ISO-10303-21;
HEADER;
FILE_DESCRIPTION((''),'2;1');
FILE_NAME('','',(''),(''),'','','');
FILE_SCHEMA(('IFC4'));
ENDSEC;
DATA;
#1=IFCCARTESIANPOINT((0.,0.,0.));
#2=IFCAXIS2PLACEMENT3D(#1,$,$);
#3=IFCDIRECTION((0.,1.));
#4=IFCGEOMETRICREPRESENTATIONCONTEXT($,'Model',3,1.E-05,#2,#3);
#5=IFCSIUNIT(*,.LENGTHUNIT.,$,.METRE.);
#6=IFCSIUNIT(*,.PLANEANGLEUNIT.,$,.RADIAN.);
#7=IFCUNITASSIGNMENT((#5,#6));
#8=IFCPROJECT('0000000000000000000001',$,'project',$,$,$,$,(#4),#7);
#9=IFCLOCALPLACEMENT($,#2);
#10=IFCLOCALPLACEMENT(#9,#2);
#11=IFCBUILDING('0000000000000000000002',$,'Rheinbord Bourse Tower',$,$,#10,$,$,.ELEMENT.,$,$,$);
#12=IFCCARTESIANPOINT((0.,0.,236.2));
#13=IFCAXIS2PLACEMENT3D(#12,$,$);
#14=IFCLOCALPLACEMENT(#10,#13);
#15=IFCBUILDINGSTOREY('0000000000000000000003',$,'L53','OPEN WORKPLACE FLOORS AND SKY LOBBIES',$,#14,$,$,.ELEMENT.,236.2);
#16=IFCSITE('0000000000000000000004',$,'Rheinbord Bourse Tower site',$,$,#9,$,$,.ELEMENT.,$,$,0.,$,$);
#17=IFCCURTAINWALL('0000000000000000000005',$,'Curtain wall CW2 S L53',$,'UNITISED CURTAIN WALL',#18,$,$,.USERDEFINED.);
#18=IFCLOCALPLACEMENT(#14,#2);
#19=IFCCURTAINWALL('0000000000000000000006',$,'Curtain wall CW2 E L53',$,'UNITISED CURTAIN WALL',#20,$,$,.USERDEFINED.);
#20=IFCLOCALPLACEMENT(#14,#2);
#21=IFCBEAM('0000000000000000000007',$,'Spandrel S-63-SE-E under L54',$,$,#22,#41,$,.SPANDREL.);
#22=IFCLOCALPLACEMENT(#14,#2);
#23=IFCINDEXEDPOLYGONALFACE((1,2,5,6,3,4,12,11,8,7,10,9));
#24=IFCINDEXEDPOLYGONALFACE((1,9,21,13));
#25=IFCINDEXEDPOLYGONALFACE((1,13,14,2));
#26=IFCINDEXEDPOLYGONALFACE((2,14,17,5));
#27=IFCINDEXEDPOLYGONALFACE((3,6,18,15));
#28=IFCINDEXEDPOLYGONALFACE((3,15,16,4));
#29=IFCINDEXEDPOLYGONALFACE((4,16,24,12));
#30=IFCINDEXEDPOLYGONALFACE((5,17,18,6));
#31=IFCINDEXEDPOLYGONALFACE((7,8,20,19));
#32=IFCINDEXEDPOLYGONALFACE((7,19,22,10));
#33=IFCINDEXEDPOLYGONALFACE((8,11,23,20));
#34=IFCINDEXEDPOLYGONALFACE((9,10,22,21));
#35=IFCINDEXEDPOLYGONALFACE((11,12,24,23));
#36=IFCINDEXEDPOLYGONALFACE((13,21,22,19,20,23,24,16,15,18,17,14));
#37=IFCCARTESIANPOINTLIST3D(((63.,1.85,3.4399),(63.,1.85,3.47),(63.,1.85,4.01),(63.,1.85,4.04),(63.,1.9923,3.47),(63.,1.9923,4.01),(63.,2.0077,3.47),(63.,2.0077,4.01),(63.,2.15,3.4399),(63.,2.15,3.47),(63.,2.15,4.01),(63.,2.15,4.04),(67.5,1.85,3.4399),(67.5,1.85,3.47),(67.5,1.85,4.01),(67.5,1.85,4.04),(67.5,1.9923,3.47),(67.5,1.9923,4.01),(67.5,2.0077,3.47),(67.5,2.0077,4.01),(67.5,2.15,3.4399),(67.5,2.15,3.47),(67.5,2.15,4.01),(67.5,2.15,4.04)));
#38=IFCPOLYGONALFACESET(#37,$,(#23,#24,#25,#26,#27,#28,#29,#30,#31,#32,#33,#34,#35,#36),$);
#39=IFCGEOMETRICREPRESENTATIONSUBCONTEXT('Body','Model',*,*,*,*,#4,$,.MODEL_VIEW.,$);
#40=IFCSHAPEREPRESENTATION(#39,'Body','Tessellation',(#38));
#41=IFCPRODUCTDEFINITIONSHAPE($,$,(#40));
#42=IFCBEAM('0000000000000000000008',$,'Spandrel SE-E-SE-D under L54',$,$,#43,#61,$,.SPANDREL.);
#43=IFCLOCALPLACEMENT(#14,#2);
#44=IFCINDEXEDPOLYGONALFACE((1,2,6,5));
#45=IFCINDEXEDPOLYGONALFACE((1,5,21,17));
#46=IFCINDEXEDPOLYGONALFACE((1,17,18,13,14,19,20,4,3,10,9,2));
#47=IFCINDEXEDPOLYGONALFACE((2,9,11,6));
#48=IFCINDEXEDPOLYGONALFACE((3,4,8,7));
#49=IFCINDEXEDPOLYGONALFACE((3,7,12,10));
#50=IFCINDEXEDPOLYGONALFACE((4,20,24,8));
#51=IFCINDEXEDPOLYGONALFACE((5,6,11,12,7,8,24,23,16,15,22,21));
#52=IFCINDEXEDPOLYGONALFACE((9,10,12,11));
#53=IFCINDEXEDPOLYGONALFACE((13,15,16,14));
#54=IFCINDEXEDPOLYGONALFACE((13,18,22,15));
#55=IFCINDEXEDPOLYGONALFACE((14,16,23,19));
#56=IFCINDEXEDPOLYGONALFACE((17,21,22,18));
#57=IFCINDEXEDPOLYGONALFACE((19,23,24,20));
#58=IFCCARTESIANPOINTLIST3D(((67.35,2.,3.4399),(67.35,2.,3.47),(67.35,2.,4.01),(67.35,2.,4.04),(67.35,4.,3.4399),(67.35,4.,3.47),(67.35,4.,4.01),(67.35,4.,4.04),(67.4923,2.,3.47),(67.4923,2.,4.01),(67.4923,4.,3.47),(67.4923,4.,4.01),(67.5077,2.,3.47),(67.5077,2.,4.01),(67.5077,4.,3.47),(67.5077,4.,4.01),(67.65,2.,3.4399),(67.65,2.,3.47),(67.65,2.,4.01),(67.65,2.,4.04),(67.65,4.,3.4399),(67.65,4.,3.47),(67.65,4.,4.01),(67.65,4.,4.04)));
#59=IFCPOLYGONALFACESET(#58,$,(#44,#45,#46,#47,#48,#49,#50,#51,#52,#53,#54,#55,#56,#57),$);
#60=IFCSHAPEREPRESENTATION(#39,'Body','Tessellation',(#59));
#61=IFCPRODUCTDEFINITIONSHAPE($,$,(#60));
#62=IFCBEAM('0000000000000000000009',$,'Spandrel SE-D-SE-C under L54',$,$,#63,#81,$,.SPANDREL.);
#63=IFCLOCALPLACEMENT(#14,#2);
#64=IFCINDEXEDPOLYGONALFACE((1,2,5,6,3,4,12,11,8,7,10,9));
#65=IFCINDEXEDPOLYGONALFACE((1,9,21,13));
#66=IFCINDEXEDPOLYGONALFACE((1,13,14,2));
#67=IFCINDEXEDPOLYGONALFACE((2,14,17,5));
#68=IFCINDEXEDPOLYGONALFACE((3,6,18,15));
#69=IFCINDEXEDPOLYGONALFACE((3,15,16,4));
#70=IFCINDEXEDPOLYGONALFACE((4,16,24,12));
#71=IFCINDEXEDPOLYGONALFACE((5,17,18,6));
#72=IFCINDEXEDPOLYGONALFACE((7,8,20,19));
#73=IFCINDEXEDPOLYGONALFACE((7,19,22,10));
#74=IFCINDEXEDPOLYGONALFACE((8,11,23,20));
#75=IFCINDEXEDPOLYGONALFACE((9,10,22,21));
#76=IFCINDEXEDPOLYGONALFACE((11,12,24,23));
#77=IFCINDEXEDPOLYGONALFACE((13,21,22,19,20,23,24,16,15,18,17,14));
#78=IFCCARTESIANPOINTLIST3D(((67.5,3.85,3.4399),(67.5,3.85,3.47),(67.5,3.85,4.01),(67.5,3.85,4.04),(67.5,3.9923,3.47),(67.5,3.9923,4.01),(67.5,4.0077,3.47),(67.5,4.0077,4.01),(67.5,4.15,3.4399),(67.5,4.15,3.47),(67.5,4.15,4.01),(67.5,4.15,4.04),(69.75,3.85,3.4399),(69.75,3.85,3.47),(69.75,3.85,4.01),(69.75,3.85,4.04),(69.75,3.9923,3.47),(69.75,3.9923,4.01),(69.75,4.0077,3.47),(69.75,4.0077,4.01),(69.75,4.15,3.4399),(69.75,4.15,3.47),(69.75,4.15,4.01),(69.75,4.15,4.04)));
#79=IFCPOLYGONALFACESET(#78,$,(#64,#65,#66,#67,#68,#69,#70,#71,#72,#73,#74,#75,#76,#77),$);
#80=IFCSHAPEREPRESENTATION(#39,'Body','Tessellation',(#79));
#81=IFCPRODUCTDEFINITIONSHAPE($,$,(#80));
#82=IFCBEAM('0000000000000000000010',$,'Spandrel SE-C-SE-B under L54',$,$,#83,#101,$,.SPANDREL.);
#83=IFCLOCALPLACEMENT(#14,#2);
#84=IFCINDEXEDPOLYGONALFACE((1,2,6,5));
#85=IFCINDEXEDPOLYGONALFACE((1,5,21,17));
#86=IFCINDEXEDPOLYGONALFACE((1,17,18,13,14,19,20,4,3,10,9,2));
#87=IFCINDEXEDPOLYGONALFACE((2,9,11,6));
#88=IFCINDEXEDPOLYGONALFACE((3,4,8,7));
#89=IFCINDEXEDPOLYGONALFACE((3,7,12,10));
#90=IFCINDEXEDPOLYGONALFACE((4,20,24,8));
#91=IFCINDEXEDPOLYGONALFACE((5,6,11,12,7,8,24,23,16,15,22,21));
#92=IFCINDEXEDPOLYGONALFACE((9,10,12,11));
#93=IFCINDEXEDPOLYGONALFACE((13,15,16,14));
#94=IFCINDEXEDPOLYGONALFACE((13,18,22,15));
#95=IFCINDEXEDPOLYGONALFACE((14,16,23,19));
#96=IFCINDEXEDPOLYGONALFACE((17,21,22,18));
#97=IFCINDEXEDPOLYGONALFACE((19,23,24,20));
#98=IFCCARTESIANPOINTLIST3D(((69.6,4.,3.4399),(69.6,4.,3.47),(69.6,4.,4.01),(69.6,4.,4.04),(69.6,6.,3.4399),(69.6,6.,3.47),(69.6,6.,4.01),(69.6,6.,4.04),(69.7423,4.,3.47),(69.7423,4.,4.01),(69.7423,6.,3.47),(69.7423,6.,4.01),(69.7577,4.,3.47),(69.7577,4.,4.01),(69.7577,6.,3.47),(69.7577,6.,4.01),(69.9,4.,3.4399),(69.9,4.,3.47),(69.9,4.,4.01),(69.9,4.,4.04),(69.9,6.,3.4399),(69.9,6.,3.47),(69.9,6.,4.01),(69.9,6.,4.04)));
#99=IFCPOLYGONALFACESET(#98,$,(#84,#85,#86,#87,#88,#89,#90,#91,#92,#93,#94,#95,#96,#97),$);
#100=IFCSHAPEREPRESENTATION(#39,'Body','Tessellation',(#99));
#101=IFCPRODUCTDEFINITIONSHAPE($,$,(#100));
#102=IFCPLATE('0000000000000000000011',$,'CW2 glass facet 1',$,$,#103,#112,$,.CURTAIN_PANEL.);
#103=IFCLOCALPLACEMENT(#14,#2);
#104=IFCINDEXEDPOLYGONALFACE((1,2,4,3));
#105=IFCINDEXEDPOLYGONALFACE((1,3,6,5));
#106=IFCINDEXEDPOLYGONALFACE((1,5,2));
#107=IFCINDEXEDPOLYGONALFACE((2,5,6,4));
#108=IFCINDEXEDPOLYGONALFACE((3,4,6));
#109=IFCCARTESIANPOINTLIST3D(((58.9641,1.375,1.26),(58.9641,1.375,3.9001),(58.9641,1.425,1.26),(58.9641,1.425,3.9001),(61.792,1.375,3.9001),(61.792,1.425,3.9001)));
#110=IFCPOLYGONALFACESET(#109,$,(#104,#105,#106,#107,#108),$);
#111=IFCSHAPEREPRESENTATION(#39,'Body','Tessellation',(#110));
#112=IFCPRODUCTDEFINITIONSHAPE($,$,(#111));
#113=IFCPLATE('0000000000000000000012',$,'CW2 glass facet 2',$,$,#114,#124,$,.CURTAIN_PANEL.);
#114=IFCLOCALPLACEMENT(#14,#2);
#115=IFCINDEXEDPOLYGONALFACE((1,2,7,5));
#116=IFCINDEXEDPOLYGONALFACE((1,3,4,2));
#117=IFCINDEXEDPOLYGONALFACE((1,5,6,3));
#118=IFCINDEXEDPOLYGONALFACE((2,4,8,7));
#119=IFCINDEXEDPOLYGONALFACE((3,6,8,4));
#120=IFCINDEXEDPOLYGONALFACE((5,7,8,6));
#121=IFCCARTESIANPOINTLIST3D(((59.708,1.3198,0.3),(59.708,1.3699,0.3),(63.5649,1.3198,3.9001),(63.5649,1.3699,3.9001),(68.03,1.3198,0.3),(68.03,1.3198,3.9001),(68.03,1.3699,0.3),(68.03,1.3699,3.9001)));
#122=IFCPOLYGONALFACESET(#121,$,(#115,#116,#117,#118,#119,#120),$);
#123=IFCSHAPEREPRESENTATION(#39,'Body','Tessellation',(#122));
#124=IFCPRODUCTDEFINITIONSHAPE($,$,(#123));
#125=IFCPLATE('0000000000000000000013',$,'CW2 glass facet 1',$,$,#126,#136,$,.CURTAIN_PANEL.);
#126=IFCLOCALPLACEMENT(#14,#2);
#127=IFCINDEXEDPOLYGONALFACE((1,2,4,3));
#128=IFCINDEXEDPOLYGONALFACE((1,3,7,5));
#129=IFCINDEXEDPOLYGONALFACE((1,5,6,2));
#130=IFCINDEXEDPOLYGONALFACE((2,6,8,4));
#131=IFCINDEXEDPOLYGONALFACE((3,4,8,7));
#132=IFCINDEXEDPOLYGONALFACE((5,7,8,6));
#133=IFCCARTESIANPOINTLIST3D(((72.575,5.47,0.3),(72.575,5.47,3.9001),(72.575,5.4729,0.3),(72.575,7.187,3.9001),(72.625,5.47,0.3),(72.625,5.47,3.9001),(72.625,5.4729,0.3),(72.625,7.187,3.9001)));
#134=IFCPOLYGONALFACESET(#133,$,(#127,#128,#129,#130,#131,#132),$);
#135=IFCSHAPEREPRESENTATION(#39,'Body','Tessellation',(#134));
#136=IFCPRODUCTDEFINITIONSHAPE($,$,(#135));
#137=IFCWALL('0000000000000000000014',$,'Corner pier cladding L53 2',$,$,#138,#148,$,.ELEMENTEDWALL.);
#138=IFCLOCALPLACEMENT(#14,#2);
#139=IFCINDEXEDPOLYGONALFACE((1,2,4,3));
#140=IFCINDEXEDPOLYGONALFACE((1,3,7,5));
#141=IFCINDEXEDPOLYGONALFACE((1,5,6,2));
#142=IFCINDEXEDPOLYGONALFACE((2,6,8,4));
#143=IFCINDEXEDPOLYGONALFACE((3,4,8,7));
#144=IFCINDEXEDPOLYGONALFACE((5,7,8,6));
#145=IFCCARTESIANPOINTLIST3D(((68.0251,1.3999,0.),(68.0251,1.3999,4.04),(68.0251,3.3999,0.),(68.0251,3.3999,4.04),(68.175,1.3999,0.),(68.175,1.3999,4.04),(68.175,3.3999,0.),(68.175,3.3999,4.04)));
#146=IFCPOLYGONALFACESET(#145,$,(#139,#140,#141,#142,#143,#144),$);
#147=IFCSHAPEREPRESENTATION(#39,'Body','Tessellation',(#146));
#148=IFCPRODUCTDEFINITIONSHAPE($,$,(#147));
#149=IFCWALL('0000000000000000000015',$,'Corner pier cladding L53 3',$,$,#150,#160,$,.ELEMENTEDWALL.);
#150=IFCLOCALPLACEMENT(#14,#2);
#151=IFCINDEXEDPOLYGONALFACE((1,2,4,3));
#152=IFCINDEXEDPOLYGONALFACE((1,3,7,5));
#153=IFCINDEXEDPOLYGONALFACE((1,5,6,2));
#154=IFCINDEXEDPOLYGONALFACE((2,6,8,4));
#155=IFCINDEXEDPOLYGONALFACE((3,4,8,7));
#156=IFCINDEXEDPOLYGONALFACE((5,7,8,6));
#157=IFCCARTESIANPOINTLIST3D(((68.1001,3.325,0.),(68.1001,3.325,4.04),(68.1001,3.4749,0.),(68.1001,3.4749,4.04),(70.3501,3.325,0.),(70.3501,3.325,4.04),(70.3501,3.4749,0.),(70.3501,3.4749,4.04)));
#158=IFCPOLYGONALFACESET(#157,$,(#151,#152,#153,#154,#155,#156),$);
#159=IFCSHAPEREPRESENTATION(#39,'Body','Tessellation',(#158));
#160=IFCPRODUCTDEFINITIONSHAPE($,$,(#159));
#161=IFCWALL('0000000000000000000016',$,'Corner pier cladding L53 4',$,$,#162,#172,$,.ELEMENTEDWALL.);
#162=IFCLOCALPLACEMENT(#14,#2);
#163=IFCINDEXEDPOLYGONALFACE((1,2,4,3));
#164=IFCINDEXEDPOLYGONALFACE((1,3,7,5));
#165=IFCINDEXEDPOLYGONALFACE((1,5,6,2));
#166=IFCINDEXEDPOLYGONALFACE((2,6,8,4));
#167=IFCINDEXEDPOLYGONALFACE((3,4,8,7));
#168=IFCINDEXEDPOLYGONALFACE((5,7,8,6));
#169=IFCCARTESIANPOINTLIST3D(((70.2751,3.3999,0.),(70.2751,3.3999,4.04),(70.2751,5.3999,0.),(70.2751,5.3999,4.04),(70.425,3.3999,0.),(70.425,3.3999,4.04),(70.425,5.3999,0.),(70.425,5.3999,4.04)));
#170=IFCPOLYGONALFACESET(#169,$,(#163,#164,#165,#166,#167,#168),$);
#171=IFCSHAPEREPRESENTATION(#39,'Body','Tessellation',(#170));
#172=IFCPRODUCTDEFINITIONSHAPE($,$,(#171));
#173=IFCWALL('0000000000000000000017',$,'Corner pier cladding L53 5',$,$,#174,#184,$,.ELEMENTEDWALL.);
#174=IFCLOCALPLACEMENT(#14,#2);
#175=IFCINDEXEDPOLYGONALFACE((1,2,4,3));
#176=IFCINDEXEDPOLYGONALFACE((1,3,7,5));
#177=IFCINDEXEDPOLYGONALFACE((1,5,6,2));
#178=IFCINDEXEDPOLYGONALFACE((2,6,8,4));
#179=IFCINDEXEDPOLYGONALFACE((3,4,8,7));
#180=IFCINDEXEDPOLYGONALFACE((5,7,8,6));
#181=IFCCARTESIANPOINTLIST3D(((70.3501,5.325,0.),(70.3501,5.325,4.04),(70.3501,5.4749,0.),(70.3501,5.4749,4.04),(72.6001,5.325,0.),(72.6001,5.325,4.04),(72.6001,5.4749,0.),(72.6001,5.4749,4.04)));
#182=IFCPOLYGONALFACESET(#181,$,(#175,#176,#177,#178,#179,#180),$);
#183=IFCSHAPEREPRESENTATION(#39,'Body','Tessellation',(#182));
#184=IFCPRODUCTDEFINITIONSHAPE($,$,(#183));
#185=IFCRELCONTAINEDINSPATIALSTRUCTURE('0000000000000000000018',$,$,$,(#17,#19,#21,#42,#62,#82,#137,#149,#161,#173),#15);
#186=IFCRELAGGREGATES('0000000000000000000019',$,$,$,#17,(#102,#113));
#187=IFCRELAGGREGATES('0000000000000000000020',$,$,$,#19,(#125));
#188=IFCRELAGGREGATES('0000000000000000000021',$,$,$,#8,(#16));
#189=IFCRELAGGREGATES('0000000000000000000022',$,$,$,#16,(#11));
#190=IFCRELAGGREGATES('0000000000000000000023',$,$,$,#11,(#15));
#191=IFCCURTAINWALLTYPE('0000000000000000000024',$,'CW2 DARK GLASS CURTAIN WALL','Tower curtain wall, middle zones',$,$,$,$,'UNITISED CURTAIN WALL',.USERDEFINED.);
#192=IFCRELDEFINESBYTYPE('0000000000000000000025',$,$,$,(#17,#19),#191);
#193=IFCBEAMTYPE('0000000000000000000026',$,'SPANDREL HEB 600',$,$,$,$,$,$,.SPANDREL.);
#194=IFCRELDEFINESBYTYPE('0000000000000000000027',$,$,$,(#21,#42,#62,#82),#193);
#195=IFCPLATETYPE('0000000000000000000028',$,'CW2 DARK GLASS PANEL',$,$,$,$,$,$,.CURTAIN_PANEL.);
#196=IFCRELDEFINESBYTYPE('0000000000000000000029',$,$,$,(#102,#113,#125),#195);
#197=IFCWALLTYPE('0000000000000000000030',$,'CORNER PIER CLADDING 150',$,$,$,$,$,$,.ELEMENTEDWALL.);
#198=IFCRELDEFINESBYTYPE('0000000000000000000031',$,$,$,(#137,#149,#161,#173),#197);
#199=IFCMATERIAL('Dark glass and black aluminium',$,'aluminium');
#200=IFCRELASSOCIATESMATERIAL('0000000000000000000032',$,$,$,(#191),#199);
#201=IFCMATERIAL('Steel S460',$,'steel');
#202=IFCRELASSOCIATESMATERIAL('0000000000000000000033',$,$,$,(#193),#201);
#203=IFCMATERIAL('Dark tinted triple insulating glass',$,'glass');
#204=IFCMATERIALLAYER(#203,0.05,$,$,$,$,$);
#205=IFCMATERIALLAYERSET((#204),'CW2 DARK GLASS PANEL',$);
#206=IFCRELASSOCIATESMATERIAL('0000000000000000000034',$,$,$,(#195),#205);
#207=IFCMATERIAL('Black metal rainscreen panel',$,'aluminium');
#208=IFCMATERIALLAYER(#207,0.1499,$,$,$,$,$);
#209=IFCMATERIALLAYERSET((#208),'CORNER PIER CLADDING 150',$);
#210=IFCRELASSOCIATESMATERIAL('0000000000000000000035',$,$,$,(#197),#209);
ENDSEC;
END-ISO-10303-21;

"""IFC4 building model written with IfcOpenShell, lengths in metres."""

from ifc_helpers import new_model, si_unit, direction, frame, frame_2d, origin, origin_2d, place, context, subcontext, project, spatial, polyline, rectangle, i_section, outline, extrude, material, layer, layer_set, material_profile, profile_set, type_object, element, aggregate, save


model = new_model("IFC4")

# Units and contexts
model_context = context("Model", 3, precision=1e-05, world=origin(), true_north=direction((0.0, 1.0)))
body_context = subcontext(model_context, "Body", "Model", "MODEL_VIEW")
ifc_project = project(units=[si_unit("LENGTHUNIT", "METRE"), si_unit("PLANEANGLEUNIT", "RADIAN")], contexts=[model_context])

# Site, building, storey
site_placement = place(None, origin())
site = spatial("IfcSite", under=ifc_project, at=site_placement, Name="Rheinbord Bourse Tower site", CompositionType="ELEMENT", RefElevation=0.0)
building_placement = place(site_placement, origin())
building = spatial("IfcBuilding", under=site, at=building_placement, Name="Rheinbord Bourse Tower", CompositionType="ELEMENT")
storey_placement = place(building_placement, frame((0.0, 0.0, 236.2)))
storey = spatial("IfcBuildingStorey", under=building, at=storey_placement, Name="L53", Description="OPEN WORKPLACE FLOORS AND SKY LOBBIES", CompositionType="ELEMENT", Elevation=236.2)

# Curtain wall
ifc_material_1 = material(Name="Dark glass and black aluminium", Category="aluminium")
curtain_wall_type = type_object("IfcCurtainWallType", Name="CW2 DARK GLASS CURTAIN WALL", Description="Tower curtain wall, middle zones", ElementType="UNITISED CURTAIN WALL", PredefinedType="USERDEFINED", material=ifc_material_1)
curtain_wall_1_placement = place(storey_placement, origin())
curtain_wall_1 = element("IfcCurtainWall", 1, at=curtain_wall_1_placement, inside=storey, type_object=curtain_wall_type, Name="Curtain wall CW2 S L53", ObjectType="UNITISED CURTAIN WALL", PredefinedType="USERDEFINED")

# Curtain wall
curtain_wall_2_placement = place(storey_placement, origin())
curtain_wall_2 = element("IfcCurtainWall", 2, at=curtain_wall_2_placement, inside=storey, type_object=curtain_wall_type, Name="Curtain wall CW2 E L53", ObjectType="UNITISED CURTAIN WALL", PredefinedType="USERDEFINED")

# Beams
ifc_material_2 = material(Name="Steel S460", Category="steel")
ifc_material_profile_1 = material_profile(ifc_material_2, i_section(OverallWidth=0.3, OverallDepth=0.6001, WebThickness=0.0154, FlangeThickness=0.03, at=origin_2d()), Name="HEB 600")
ifc_profile_set_1 = profile_set([ifc_material_profile_1], Name="Steel S460")
beam_type_1 = type_object("IfcBeamType", Name="SPANDREL HEB 600", PredefinedType="SPANDREL", material=ifc_profile_set_1)
for number, where, z_axis, x_axis, name in (
    (3, (63.0, 2.0, 3.74), (1.0, 0.0, 0.0), (0.0, 1.0, 0.0), "Spandrel S-63-SE-E under L54"),
):
    element("IfcBeam", number, at=place(storey_placement, frame(where, z_axis=z_axis, x_axis=x_axis)), inside=storey, type_object=beam_type_1, Name=name, PredefinedType="SPANDREL", context=body_context, shape_type="SweptSolid", body=[
        extrude(i_section(OverallWidth=0.3, OverallDepth=0.6001, WebThickness=0.0154, FlangeThickness=0.03, at=origin_2d()), origin(), (0.0, 0.0, 1.0), 4.5),
    ])
beam_1_placement = place(storey_placement, frame((67.5, 2.0, 3.74), z_axis=(0.0, 1.0, 0.0), x_axis=(-1.0, 0.0, 0.0)))
element("IfcBeam", 4, at=beam_1_placement, inside=storey, type_object=beam_type_1, Name="Spandrel SE-E-SE-D under L54", PredefinedType="SPANDREL", context=body_context, shape_type="SweptSolid", body=[
    extrude(i_section(OverallWidth=0.3, OverallDepth=0.6001, WebThickness=0.0154, FlangeThickness=0.03, at=origin_2d()), origin(), (0.0, 0.0, 1.0), 2.0),
])
beam_2_placement = place(storey_placement, frame((67.5, 4.0, 3.74), z_axis=(1.0, 0.0, 0.0), x_axis=(0.0, 1.0, 0.0)))
element("IfcBeam", 5, at=beam_2_placement, inside=storey, type_object=beam_type_1, Name="Spandrel SE-D-SE-C under L54", PredefinedType="SPANDREL", context=body_context, shape_type="SweptSolid", body=[
    extrude(i_section(OverallWidth=0.3, OverallDepth=0.6001, WebThickness=0.0154, FlangeThickness=0.03, at=origin_2d()), origin(), (0.0, 0.0, 1.0), 2.25),
])
beam_3_placement = place(storey_placement, frame((69.75, 4.0, 3.74), z_axis=(0.0, 1.0, 0.0), x_axis=(-1.0, 0.0, 0.0)))
element("IfcBeam", 6, at=beam_3_placement, inside=storey, type_object=beam_type_1, Name="Spandrel SE-C-SE-B under L54", PredefinedType="SPANDREL", context=body_context, shape_type="SweptSolid", body=[
    extrude(i_section(OverallWidth=0.3, OverallDepth=0.6001, WebThickness=0.0154, FlangeThickness=0.03, at=origin_2d()), origin(), (0.0, 0.0, 1.0), 2.0),
])

# Plates
ifc_material_3 = material(Name="Dark tinted triple insulating glass", Category="glass")
ifc_layer_1 = layer(ifc_material_3, 0.05)
ifc_layer_set_1 = layer_set([ifc_layer_1], Name="CW2 DARK GLASS PANEL")
plate_type = type_object("IfcPlateType", Name="CW2 DARK GLASS PANEL", PredefinedType="CURTAIN_PANEL", material=ifc_layer_set_1)
plate_1_placement = place(storey_placement, frame((58.9641, 1.375, 3.9001), z_axis=(0.0, 1.0, 0.0), x_axis=(1.0, 0.0, 0.0)))
plate_1 = element("IfcPlate", 7, at=plate_1_placement, type_object=plate_type, Name="CW2 glass facet 1", PredefinedType="CURTAIN_PANEL", context=body_context, shape_type="SweptSolid", body=[
    extrude(outline(polyline([(0.0, 0.0), (2.8279, 0.0), (0.0, 2.6401), (0.0, 0.0)])), origin(), (0.0, 0.0, 1.0), 0.05),
])
plate_2_placement = place(storey_placement, frame((68.03, 1.3198, 3.9001), z_axis=(0.0, 1.0, 0.0), x_axis=(0.0, 0.0, -1.0)))
plate_2 = element("IfcPlate", 8, at=plate_2_placement, type_object=plate_type, Name="CW2 glass facet 2", PredefinedType="CURTAIN_PANEL", context=body_context, shape_type="SweptSolid", body=[
    extrude(outline(polyline([(0.0, 0.0), (3.6001, 0.0), (3.6001, 8.322), (0.0, 4.4651), (0.0, 0.0)])), origin(), (0.0, 0.0, 1.0), 0.05),
])
aggregate(curtain_wall_1, [plate_1, plate_2])
plate_3_placement = place(storey_placement, frame((72.625, 5.47, 0.3), z_axis=(-1.0, 0.0, 0.0), x_axis=(0.0, 0.0, 1.0)))
plate_3 = element("IfcPlate", 9, at=plate_3_placement, type_object=plate_type, Name="CW2 glass facet 1", PredefinedType="CURTAIN_PANEL", context=body_context, shape_type="SweptSolid", body=[
    extrude(outline(polyline([(0.0, 0.0), (3.6001, 0.0), (3.6001, 1.717), (0.0, 0.0029), (0.0, 0.0)])), origin(), (0.0, 0.0, 1.0), 0.05),
])
aggregate(curtain_wall_2, [plate_3])

# Walls
ifc_material_4 = material(Name="Black metal rainscreen panel", Category="aluminium")
ifc_layer_2 = layer(ifc_material_4, 0.1499)
ifc_layer_set_2 = layer_set([ifc_layer_2], Name="CORNER PIER CLADDING 150")
wall_type = type_object("IfcWallType", Name="CORNER PIER CLADDING 150", PredefinedType="ELEMENTEDWALL", material=ifc_layer_set_2)
wall_1_placement = place(storey_placement, frame((68.1001, 1.3999, 0.0), z_axis=(0.0, 0.0, 1.0), x_axis=(0.0, 1.0, 0.0)))
element("IfcWall", 10, at=wall_1_placement, inside=storey, type_object=wall_type, Name="Corner pier cladding L53 2", PredefinedType="ELEMENTEDWALL", context=body_context, shape_type="SweptSolid", body=[
    extrude(rectangle(XDim=2.0, YDim=0.1499, at=frame_2d((1.0, 0.0))), origin(), (0.0, 0.0, 1.0), 4.04),
])
wall_2_placement = place(storey_placement, frame((68.1001, 3.3999, 0.0), z_axis=(0.0, 0.0, 1.0), x_axis=(1.0, 0.0, 0.0)))
element("IfcWall", 11, at=wall_2_placement, inside=storey, type_object=wall_type, Name="Corner pier cladding L53 3", PredefinedType="ELEMENTEDWALL", context=body_context, shape_type="SweptSolid", body=[
    extrude(rectangle(XDim=2.25, YDim=0.1499, at=frame_2d((1.125, 0.0))), origin(), (0.0, 0.0, 1.0), 4.04),
])
wall_3_placement = place(storey_placement, frame((70.3501, 3.3999, 0.0), z_axis=(0.0, 0.0, 1.0), x_axis=(0.0, 1.0, 0.0)))
element("IfcWall", 12, at=wall_3_placement, inside=storey, type_object=wall_type, Name="Corner pier cladding L53 4", PredefinedType="ELEMENTEDWALL", context=body_context, shape_type="SweptSolid", body=[
    extrude(rectangle(XDim=2.0, YDim=0.1499, at=frame_2d((1.0, 0.0))), origin(), (0.0, 0.0, 1.0), 4.04),
])
wall_4_placement = place(storey_placement, frame((70.3501, 5.3999, 0.0), z_axis=(0.0, 0.0, 1.0), x_axis=(1.0, 0.0, 0.0)))
element("IfcWall", 13, at=wall_4_placement, inside=storey, type_object=wall_type, Name="Corner pier cladding L53 5", PredefinedType="ELEMENTEDWALL", context=body_context, shape_type="SweptSolid", body=[
    extrude(rectangle(XDim=2.25, YDim=0.1499, at=frame_2d((1.125, 0.0))), origin(), (0.0, 0.0, 1.0), 4.04),
])

save(model, "model.ifc")
